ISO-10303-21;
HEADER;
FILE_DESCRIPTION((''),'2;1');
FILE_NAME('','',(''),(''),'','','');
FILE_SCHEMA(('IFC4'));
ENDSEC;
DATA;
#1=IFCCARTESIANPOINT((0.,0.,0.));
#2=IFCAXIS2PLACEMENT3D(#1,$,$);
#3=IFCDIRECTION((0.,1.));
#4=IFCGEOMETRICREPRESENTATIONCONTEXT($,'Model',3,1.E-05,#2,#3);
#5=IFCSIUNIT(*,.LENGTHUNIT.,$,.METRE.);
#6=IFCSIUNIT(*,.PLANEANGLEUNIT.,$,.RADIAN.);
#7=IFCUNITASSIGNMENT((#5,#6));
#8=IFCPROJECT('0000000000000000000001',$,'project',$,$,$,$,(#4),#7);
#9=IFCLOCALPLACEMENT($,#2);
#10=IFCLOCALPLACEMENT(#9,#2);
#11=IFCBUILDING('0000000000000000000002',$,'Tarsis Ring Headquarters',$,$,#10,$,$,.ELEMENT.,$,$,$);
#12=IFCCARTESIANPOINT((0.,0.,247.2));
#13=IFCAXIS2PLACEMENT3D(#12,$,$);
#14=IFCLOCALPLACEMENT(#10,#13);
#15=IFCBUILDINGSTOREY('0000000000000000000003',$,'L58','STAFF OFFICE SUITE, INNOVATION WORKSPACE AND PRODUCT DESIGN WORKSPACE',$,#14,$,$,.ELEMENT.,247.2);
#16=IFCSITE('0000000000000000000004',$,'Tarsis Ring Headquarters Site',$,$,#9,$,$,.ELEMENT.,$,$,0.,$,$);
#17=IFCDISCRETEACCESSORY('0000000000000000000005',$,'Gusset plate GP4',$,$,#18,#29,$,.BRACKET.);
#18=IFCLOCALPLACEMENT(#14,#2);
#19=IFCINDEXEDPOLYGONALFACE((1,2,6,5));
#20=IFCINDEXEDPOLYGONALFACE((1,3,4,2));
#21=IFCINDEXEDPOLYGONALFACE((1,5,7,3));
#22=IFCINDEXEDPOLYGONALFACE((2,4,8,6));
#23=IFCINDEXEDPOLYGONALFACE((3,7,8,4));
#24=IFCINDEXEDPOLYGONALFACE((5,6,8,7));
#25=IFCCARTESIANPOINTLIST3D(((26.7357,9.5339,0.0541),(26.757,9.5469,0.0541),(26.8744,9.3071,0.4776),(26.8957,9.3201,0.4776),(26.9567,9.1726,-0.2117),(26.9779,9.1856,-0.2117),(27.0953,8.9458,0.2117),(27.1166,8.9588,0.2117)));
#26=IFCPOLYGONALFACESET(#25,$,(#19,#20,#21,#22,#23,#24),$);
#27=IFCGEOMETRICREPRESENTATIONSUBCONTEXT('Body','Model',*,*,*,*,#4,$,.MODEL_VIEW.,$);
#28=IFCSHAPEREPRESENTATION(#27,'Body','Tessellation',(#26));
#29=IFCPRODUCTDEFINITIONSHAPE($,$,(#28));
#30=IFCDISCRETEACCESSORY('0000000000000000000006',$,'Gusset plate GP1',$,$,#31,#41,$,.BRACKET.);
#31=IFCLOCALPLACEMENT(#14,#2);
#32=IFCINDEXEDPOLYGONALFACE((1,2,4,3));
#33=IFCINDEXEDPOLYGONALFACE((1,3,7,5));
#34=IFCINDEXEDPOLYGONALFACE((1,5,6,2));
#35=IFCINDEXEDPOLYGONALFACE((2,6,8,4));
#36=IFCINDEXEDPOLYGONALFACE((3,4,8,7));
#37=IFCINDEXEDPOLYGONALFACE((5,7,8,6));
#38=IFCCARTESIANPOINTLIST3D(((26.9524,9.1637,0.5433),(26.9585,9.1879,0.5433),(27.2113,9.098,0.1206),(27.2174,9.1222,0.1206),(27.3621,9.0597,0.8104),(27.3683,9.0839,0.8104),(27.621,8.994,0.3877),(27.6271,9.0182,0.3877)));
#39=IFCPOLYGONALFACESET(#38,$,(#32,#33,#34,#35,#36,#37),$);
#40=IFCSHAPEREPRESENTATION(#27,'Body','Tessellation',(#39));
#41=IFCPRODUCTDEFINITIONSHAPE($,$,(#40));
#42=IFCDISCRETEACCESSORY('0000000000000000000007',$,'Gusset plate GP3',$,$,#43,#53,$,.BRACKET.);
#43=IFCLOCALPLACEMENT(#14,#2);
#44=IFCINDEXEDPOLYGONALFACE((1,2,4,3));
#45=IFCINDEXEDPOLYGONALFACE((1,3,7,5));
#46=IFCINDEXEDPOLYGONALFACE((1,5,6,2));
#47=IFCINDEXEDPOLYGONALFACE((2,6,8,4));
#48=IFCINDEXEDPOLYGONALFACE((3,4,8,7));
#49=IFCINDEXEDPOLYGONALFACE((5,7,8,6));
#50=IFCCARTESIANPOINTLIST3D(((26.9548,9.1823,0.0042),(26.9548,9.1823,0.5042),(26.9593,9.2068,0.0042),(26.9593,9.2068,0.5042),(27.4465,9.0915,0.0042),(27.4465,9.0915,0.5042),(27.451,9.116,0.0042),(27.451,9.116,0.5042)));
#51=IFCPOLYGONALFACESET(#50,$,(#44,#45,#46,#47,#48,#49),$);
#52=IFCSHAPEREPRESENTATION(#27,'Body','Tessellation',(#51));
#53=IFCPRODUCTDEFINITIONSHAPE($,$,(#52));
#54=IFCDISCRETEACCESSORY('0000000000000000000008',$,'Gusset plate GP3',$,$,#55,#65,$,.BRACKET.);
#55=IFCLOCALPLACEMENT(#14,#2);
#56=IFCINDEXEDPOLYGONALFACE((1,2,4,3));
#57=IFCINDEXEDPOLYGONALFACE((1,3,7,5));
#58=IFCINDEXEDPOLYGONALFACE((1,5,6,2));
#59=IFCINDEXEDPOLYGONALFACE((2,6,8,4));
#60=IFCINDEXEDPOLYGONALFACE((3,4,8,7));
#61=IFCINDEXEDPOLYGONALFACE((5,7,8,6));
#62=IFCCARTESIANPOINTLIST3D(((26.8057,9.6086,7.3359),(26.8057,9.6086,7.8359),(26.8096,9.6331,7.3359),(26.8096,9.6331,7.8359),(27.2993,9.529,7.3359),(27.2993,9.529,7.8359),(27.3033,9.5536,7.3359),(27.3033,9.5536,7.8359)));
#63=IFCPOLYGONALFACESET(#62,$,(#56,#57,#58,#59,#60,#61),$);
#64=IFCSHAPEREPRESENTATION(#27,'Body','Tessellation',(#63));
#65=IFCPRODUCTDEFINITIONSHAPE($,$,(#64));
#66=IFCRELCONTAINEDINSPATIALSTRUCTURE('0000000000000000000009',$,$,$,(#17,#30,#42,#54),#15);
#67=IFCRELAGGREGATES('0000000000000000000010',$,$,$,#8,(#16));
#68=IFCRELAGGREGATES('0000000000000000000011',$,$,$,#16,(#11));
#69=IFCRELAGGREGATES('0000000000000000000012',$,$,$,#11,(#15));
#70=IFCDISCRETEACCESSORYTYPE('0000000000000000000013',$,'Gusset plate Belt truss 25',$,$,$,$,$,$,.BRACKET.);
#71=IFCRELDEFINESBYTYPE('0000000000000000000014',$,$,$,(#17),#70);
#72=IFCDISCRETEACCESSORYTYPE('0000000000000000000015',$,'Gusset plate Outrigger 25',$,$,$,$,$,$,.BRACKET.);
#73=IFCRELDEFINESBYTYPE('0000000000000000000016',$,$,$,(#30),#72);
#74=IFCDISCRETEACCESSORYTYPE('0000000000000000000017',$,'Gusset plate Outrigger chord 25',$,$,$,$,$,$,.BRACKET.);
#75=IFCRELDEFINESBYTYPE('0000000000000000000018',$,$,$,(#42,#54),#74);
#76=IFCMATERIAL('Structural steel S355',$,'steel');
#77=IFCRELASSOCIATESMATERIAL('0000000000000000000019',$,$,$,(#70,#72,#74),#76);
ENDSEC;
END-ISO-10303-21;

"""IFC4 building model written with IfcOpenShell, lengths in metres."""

from ifc_helpers import new_model, si_unit, direction, frame, origin, origin_2d, place, context, subcontext, project, spatial, rectangle, extrude, material, material_profile, profile_set, type_object, element, save


model = new_model("IFC4")

# Units and contexts
model_context = context("Model", 3, precision=1e-05, world=origin(), true_north=direction((0.0, 1.0)))
body_context = subcontext(model_context, "Body", "Model", "MODEL_VIEW")
ifc_project = project(units=[si_unit("LENGTHUNIT", "METRE"), si_unit("PLANEANGLEUNIT", "RADIAN")], contexts=[model_context])

# Site, building, storey
site_placement = place(None, origin())
site = spatial("IfcSite", under=ifc_project, at=site_placement, Name="Tarsis Ring Headquarters Site", CompositionType="ELEMENT", RefElevation=0.0)
building_placement = place(site_placement, origin())
building = spatial("IfcBuilding", under=site, at=building_placement, Name="Tarsis Ring Headquarters", CompositionType="ELEMENT")
storey_placement = place(building_placement, frame((0.0, 0.0, 247.2)))
storey = spatial("IfcBuildingStorey", under=building, at=storey_placement, Name="L58", Description="STAFF OFFICE SUITE, INNOVATION WORKSPACE AND PRODUCT DESIGN WORKSPACE", CompositionType="ELEMENT", Elevation=247.2)

# Shared definitions
ifc_material_1 = material(Name="Structural steel S355", Category="steel")

# Discrete accessories
ifc_material_profile_1 = material_profile(ifc_material_1, rectangle(XDim=0.0249, YDim=0.5, at=origin_2d()), Name="PL 25x500")
ifc_profile_set_1 = profile_set([ifc_material_profile_1], Name="Structural steel S355")
discrete_accessory_type_1 = type_object("IfcDiscreteAccessoryType", Name="Gusset plate Belt truss 25", PredefinedType="BRACKET", material=ifc_profile_set_1)
for number, where, z_axis, x_axis, name in (
    (1, (27.0366, 9.0657, 0.0), (-0.44184, 0.722567, 0.531672), (-0.853139, -0.521683, 0.0), "Gusset plate GP4"),
):
    element("IfcDiscreteAccessory", number, at=place(storey_placement, frame(where, z_axis=z_axis, x_axis=x_axis)), inside=storey, type_object=discrete_accessory_type_1, Name=name, PredefinedType="BRACKET", context=body_context, shape_type="SweptSolid", body=[
        extrude(rectangle(XDim=0.0249, YDim=0.5, at=origin_2d()), origin(), (0.0, 0.0, 1.0), 0.5),
    ])
discrete_accessory_type_2 = type_object("IfcDiscreteAccessoryType", Name="Gusset plate Outrigger 25", PredefinedType="BRACKET", material=ifc_profile_set_1)
discrete_accessory_placement = place(storey_placement, frame((27.4192, 9.0581, 0.2542), z_axis=(-0.5177, 0.131379, 0.845415), x_axis=(-0.245977, -0.969276, 0.0)))
element("IfcDiscreteAccessory", 2, at=discrete_accessory_placement, inside=storey, type_object=discrete_accessory_type_2, Name="Gusset plate GP1", PredefinedType="BRACKET", context=body_context, shape_type="SweptSolid", body=[
    extrude(rectangle(XDim=0.0249, YDim=0.5, at=origin_2d()), origin(), (0.0, 0.0, 1.0), 0.5),
])
discrete_accessory_type_3 = type_object("IfcDiscreteAccessoryType", Name="Gusset plate Outrigger chord 25", PredefinedType="BRACKET", material=ifc_profile_set_1)
for number, where, z_axis, x_axis, name in (
    (3, (27.4487, 9.1038, 0.2542), (-0.983366, 0.181635, 0.0), (-0.181635, -0.983366, 0.0), "Gusset plate GP3"),
    (4, (27.3013, 9.5413, 7.5859), (-0.987251, 0.159171, 0.0), (-0.159171, -0.987251, 0.0), "Gusset plate GP3"),
):
    element("IfcDiscreteAccessory", number, at=place(storey_placement, frame(where, z_axis=z_axis, x_axis=x_axis)), inside=storey, type_object=discrete_accessory_type_3, Name=name, PredefinedType="BRACKET", context=body_context, shape_type="SweptSolid", body=[
        extrude(rectangle(XDim=0.0249, YDim=0.5, at=origin_2d()), origin(), (0.0, 0.0, 1.0), 0.5),
    ])

save(model, "model.ifc")
